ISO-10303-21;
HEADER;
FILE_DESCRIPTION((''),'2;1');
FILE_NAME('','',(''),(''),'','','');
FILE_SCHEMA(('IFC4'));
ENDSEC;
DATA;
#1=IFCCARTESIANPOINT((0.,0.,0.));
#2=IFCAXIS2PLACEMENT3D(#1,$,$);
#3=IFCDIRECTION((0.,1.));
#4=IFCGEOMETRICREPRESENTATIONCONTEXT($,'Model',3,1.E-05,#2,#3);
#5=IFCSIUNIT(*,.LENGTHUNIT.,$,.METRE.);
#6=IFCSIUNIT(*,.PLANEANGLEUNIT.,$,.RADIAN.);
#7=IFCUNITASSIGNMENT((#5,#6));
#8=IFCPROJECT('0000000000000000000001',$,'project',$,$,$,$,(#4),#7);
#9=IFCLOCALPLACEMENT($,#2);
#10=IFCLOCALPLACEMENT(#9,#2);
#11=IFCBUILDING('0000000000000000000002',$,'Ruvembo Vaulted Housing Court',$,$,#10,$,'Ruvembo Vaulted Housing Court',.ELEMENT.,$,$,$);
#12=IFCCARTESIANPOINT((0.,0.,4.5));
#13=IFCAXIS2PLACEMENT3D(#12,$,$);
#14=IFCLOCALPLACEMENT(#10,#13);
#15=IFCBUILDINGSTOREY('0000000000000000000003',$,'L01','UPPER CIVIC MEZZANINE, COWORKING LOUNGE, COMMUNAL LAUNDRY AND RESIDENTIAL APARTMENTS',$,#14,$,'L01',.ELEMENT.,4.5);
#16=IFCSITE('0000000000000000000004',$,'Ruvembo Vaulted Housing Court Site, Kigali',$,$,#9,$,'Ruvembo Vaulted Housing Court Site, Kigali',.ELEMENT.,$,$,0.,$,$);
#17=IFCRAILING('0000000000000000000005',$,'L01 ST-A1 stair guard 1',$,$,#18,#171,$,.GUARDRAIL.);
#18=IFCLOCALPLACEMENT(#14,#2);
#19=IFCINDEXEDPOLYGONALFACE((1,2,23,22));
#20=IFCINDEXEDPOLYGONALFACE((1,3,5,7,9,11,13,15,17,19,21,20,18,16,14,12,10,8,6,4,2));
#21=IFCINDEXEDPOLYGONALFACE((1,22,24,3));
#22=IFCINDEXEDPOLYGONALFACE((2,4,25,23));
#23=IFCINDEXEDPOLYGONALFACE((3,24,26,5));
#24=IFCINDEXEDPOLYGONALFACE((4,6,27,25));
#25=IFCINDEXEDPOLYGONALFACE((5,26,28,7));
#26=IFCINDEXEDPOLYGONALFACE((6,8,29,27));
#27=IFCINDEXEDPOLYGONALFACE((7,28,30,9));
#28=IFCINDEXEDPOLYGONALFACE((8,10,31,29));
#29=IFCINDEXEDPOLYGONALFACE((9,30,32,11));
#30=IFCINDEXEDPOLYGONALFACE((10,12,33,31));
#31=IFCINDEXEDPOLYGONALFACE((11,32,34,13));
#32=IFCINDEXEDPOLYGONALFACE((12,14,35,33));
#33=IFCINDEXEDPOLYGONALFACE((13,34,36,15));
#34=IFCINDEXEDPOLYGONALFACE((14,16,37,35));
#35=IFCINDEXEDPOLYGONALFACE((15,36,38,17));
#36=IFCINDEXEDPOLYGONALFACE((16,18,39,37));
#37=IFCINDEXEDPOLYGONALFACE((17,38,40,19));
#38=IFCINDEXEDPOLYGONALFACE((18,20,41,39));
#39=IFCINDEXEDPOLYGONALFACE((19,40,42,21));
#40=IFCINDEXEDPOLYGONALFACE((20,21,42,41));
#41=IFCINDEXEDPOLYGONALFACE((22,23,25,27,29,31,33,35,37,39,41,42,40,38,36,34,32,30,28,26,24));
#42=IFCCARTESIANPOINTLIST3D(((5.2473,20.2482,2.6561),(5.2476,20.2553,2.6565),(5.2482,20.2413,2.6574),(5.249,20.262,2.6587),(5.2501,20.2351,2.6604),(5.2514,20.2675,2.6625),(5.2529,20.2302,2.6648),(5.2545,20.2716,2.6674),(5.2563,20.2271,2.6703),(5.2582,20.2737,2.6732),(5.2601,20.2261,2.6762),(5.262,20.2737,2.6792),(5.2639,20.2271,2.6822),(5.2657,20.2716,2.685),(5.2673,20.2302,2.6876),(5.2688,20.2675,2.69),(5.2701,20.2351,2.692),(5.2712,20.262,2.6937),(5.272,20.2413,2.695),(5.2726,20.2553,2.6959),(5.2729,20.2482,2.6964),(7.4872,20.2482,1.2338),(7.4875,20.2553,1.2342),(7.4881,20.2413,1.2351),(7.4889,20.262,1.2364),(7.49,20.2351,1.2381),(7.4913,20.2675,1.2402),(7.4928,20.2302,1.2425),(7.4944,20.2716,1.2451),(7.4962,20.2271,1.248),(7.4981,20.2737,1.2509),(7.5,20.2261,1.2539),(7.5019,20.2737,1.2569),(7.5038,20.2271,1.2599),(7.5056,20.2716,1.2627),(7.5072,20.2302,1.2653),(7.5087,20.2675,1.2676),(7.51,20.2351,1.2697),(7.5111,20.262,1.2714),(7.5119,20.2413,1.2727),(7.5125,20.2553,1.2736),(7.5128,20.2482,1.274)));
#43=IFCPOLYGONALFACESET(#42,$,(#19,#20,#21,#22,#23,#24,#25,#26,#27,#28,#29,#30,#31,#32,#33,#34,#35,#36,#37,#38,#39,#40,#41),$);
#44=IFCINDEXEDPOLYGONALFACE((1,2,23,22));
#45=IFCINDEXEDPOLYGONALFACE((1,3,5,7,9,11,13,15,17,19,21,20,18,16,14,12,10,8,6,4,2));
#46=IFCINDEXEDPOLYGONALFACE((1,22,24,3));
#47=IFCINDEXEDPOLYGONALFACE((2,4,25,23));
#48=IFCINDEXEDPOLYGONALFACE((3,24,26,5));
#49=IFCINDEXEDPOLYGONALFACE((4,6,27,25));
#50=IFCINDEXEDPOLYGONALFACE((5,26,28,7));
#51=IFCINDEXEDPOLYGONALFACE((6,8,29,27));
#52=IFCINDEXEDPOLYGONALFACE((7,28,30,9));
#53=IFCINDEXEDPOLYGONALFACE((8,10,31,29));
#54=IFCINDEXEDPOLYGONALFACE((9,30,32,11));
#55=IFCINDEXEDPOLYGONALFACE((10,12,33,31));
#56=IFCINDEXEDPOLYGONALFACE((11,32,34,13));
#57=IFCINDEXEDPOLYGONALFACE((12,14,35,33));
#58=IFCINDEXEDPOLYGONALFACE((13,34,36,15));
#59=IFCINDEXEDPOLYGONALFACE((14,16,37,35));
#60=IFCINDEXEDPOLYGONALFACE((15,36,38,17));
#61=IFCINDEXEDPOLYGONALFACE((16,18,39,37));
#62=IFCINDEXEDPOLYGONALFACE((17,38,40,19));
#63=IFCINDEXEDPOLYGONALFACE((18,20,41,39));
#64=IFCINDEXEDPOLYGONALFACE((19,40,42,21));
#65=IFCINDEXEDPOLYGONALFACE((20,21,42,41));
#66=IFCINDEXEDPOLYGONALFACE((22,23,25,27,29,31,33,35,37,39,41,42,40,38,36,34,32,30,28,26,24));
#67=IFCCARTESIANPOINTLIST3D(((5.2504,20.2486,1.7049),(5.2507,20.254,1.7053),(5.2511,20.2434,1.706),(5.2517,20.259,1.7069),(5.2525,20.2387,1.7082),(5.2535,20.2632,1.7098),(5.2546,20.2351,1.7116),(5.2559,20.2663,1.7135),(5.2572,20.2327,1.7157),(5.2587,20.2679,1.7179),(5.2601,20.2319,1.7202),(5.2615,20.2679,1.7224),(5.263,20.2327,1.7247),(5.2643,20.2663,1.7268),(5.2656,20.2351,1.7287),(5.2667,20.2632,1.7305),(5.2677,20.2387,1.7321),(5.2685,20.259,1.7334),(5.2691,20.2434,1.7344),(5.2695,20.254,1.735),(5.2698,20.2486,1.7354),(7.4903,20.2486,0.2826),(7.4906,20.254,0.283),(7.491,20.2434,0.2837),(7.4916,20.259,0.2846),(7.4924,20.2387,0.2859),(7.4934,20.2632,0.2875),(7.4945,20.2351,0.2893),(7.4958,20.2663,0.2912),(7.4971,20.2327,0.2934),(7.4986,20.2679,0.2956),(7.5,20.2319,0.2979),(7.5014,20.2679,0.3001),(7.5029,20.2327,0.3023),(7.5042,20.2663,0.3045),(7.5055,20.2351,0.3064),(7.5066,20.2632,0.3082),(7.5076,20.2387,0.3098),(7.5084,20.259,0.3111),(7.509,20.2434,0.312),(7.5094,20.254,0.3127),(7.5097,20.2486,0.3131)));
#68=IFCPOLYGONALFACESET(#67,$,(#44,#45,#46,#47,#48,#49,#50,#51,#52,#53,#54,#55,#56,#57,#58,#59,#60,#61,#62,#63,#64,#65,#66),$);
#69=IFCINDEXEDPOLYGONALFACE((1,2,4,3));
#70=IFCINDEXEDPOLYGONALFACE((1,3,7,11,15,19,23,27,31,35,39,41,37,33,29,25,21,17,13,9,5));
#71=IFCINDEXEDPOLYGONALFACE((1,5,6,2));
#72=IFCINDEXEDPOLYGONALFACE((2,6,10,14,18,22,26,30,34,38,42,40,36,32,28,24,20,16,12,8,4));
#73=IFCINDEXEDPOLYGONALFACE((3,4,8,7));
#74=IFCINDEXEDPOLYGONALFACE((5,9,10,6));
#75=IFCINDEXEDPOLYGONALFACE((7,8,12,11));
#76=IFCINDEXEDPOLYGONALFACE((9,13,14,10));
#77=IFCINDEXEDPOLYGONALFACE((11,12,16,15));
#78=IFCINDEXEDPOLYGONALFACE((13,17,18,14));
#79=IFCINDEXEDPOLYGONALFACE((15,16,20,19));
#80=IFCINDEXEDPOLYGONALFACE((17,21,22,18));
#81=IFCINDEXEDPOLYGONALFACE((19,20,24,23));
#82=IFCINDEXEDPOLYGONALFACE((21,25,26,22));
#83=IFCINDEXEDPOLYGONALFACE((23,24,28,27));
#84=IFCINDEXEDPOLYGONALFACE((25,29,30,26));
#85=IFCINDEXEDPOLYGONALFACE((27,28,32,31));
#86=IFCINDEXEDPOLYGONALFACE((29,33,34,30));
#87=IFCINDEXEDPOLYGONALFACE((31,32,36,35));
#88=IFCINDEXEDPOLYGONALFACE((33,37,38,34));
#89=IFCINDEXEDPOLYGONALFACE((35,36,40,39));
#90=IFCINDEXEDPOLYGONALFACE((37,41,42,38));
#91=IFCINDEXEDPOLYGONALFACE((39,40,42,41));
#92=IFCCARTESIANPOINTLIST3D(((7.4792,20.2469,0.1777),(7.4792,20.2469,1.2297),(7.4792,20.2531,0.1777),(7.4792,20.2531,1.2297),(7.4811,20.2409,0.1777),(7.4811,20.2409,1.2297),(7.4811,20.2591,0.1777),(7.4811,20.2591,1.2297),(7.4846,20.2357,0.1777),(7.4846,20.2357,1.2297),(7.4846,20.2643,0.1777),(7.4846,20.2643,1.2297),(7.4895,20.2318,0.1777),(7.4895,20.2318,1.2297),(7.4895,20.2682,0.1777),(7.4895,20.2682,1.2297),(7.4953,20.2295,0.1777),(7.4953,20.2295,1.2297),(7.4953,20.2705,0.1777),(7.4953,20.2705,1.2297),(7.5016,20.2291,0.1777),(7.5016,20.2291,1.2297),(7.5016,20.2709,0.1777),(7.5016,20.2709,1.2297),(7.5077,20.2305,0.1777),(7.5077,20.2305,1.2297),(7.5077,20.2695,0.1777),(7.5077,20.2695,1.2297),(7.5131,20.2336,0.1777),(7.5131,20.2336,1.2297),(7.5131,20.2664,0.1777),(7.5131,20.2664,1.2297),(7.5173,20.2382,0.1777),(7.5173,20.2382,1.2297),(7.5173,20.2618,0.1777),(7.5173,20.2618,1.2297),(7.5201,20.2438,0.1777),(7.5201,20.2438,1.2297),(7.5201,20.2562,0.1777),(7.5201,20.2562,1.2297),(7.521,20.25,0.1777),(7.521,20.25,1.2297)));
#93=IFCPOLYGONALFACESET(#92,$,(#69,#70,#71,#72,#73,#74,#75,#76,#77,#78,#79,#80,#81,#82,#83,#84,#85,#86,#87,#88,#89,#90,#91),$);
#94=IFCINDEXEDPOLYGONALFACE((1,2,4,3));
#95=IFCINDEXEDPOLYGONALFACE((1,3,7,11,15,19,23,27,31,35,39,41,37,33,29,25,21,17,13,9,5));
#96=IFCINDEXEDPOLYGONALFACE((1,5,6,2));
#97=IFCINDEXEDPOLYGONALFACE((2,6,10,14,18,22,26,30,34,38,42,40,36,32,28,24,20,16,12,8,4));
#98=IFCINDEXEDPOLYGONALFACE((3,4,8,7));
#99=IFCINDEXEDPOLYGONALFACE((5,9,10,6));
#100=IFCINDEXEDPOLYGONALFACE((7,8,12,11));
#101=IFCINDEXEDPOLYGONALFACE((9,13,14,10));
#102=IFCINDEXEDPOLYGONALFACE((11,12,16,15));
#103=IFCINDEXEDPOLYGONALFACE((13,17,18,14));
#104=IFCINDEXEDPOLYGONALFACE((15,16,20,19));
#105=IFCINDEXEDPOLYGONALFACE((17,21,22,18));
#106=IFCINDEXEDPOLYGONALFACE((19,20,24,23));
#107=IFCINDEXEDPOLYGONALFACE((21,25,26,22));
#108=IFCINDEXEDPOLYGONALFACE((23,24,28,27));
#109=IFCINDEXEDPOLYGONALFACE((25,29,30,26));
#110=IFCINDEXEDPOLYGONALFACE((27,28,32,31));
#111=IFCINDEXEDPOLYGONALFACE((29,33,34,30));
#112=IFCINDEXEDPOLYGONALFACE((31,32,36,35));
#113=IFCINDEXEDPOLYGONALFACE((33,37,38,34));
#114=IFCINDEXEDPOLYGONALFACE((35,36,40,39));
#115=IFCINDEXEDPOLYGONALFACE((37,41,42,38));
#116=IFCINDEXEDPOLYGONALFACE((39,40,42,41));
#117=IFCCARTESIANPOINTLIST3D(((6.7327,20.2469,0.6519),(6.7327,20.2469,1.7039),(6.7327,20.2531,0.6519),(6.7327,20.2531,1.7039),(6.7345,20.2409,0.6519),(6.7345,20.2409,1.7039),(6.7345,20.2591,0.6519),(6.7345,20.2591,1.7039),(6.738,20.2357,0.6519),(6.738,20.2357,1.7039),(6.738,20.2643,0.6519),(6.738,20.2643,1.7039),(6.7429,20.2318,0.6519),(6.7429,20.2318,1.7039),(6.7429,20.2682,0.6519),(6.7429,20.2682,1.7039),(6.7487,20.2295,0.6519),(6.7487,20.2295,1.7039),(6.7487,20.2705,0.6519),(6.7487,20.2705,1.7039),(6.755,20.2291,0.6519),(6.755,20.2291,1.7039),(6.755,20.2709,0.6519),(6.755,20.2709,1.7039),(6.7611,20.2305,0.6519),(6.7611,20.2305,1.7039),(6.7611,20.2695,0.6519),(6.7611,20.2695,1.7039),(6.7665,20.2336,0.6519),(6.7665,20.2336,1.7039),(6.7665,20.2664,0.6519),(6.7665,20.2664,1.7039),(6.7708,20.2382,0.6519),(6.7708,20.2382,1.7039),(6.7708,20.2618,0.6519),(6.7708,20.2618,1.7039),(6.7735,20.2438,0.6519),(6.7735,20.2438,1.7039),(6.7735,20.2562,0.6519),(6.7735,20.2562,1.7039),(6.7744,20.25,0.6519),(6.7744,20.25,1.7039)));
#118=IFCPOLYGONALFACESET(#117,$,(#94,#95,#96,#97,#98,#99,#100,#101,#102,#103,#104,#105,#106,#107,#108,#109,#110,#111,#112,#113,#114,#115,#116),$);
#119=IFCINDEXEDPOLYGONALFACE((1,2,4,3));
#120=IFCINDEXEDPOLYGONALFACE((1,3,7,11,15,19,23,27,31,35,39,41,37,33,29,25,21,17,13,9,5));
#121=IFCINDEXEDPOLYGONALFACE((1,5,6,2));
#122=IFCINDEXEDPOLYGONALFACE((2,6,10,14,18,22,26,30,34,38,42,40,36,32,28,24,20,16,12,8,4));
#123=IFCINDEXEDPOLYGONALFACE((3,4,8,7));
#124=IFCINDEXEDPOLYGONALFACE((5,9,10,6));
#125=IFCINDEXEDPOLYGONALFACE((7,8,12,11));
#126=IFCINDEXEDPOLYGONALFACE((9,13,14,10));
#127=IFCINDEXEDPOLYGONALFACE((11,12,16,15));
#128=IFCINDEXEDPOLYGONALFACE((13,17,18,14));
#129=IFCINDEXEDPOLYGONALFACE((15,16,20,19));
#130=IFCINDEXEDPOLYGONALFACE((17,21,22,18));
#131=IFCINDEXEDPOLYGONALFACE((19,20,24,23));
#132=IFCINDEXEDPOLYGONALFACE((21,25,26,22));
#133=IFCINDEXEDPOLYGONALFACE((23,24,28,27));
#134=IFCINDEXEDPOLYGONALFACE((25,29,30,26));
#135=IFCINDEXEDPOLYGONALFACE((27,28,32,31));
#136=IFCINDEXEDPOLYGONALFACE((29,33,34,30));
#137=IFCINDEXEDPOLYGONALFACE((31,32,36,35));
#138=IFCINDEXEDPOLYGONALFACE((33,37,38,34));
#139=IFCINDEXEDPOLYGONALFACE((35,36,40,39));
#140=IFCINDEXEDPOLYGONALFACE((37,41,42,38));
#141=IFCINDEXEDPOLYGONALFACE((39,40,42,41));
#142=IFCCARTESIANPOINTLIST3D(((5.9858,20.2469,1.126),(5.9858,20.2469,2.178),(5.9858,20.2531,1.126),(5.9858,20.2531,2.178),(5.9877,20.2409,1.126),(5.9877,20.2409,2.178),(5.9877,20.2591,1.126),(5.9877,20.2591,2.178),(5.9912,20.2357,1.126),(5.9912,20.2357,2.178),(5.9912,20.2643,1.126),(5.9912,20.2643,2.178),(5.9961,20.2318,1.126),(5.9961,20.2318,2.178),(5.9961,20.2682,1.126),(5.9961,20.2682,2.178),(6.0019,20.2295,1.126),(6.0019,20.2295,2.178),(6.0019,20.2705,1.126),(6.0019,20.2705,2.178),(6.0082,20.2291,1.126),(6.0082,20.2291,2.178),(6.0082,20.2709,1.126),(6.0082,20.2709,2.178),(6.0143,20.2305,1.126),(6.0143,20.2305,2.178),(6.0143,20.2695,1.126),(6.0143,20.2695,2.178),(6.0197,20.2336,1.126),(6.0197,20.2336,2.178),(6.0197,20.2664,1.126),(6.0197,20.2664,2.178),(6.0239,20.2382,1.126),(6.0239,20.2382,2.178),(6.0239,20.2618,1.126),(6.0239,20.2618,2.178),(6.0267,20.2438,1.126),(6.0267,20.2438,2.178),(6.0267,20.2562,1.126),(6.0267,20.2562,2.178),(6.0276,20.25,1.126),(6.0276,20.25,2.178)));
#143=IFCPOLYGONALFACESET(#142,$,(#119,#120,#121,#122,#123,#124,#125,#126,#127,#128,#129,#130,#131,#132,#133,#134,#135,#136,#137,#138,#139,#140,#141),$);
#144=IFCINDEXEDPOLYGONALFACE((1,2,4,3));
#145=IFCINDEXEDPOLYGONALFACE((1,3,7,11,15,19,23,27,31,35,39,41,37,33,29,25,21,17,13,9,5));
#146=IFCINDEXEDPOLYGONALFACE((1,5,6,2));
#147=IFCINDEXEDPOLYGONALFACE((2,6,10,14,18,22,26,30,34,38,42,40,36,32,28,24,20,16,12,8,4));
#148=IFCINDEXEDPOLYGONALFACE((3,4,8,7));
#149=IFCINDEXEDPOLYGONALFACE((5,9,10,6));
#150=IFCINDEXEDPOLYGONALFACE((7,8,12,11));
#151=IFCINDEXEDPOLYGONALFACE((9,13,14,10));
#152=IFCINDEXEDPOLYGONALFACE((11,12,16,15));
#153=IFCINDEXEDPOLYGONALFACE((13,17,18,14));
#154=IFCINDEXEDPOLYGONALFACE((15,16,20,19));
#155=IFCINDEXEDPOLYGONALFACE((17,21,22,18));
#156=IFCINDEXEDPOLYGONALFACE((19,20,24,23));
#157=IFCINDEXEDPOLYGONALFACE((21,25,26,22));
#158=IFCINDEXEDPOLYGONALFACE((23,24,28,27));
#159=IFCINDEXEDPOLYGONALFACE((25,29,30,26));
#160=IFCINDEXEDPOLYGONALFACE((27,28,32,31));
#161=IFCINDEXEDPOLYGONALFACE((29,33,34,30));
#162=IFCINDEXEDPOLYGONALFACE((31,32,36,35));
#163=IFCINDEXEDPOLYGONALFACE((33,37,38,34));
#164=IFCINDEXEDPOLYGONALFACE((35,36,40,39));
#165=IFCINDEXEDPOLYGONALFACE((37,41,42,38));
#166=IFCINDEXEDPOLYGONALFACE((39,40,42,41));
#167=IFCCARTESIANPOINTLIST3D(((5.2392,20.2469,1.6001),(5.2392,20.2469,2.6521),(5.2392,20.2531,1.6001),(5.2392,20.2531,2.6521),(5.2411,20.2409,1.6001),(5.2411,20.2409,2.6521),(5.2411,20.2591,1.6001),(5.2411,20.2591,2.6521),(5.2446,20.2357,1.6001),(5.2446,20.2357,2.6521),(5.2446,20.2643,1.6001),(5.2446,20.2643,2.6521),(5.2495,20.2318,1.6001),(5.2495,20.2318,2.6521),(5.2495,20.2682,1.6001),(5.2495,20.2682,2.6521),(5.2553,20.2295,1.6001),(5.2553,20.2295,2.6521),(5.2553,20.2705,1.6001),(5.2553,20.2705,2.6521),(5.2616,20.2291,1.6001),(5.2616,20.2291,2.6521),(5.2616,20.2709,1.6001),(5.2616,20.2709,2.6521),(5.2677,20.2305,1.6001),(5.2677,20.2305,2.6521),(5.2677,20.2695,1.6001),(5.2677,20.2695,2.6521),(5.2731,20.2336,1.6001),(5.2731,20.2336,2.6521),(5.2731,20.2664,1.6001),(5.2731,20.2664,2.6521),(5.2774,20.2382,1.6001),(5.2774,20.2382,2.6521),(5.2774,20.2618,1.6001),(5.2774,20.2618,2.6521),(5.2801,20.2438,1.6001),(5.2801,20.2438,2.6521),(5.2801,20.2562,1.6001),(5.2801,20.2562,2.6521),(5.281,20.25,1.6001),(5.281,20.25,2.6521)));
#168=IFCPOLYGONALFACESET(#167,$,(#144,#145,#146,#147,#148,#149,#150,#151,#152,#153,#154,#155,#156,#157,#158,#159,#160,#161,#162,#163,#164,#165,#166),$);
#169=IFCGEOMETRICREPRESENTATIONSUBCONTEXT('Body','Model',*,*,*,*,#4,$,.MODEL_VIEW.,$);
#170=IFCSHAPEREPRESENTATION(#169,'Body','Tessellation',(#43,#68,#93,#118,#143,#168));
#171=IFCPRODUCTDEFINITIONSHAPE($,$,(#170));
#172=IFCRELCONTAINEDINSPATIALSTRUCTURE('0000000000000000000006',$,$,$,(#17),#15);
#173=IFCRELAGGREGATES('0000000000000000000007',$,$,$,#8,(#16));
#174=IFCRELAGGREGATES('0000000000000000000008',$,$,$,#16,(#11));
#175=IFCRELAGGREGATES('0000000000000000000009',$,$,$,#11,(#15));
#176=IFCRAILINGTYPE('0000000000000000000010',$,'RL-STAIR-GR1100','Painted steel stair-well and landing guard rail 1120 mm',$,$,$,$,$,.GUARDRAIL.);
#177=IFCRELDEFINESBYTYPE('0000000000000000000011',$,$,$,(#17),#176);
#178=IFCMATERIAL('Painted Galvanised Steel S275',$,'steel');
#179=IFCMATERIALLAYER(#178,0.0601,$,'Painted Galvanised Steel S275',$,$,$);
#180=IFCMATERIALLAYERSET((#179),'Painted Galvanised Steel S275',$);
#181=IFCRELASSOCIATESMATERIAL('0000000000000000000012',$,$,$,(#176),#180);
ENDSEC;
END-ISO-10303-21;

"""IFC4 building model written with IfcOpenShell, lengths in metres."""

from ifc_helpers import new_model, si_unit, direction, frame, origin, origin_2d, place, context, subcontext, project, spatial, circle, extrude, material, layer, layer_set, type_object, element, save


model = new_model("IFC4")

# Units and contexts
model_context = context("Model", 3, precision=1e-05, world=origin(), true_north=direction((0.0, 1.0)))
body_context = subcontext(model_context, "Body", "Model", "MODEL_VIEW")
ifc_project = project(units=[si_unit("LENGTHUNIT", "METRE"), si_unit("PLANEANGLEUNIT", "RADIAN")], contexts=[model_context])

# Site, building, storey
site_placement = place(None, origin())
site = spatial("IfcSite", under=ifc_project, at=site_placement, Name="Ruvembo Vaulted Housing Court Site, Kigali", LongName="Ruvembo Vaulted Housing Court Site, Kigali", CompositionType="ELEMENT", RefElevation=0.0)
building_placement = place(site_placement, origin())
building = spatial("IfcBuilding", under=site, at=building_placement, Name="Ruvembo Vaulted Housing Court", LongName="Ruvembo Vaulted Housing Court", CompositionType="ELEMENT")
storey_placement = place(building_placement, frame((0.0, 0.0, 4.5)))
storey = spatial("IfcBuildingStorey", under=building, at=storey_placement, Name="L01", Description="UPPER CIVIC MEZZANINE, COWORKING LOUNGE, COMMUNAL LAUNDRY AND RESIDENTIAL APARTMENTS", LongName="L01", CompositionType="ELEMENT", Elevation=4.5)

# Railing
ifc_material_1 = material(Name="Painted Galvanised Steel S275", Category="steel")
ifc_layer_1 = layer(ifc_material_1, 0.0601, Name="Painted Galvanised Steel S275")
ifc_layer_set_1 = layer_set([ifc_layer_1], Name="Painted Galvanised Steel S275")
railing_type_1 = type_object("IfcRailingType", Name="RL-STAIR-GR1100", Description="Painted steel stair-well and landing guard rail 1120 mm", PredefinedType="GUARDRAIL", material=ifc_layer_set_1)
railing_1_placement = place(storey_placement, frame((7.5, 20.25, 0.1777)))
element("IfcRailing", 1, at=railing_1_placement, inside=storey, type_object=railing_type_1, Name="L01 ST-A1 stair guard 1", PredefinedType="GUARDRAIL", context=body_context, shape_type="SweptSolid", body=[
    extrude(circle(Radius=0.0239, at=origin_2d()), frame((0.0, 0.0, 1.0762), z_axis=(-0.844188, 0.0, 0.536048), x_axis=(0.0, -1.0, 0.0)), (0.0, 0.0, 1.0), 2.6533),
    extrude(circle(Radius=0.0181, at=origin_2d()), frame((0.0, 0.0, 0.1201), z_axis=(-0.844188, 0.0, 0.536048), x_axis=(0.0, -1.0, 0.0)), (0.0, 0.0, 1.0), 2.6533),
    extrude(circle(Radius=0.021, at=origin_2d()), origin(), (0.0, 0.0, 1.0), 1.052),
    extrude(circle(Radius=0.021, at=origin_2d()), frame((-0.7466, 0.0, 0.4741)), (0.0, 0.0, 1.0), 1.052),
    extrude(circle(Radius=0.021, at=origin_2d()), frame((-1.4934, 0.0, 0.9482)), (0.0, 0.0, 1.0), 1.052),
    extrude(circle(Radius=0.021, at=origin_2d()), frame((-2.24, 0.0, 1.4224)), (0.0, 0.0, 1.0), 1.052),
])

save(model, "model.ifc")
